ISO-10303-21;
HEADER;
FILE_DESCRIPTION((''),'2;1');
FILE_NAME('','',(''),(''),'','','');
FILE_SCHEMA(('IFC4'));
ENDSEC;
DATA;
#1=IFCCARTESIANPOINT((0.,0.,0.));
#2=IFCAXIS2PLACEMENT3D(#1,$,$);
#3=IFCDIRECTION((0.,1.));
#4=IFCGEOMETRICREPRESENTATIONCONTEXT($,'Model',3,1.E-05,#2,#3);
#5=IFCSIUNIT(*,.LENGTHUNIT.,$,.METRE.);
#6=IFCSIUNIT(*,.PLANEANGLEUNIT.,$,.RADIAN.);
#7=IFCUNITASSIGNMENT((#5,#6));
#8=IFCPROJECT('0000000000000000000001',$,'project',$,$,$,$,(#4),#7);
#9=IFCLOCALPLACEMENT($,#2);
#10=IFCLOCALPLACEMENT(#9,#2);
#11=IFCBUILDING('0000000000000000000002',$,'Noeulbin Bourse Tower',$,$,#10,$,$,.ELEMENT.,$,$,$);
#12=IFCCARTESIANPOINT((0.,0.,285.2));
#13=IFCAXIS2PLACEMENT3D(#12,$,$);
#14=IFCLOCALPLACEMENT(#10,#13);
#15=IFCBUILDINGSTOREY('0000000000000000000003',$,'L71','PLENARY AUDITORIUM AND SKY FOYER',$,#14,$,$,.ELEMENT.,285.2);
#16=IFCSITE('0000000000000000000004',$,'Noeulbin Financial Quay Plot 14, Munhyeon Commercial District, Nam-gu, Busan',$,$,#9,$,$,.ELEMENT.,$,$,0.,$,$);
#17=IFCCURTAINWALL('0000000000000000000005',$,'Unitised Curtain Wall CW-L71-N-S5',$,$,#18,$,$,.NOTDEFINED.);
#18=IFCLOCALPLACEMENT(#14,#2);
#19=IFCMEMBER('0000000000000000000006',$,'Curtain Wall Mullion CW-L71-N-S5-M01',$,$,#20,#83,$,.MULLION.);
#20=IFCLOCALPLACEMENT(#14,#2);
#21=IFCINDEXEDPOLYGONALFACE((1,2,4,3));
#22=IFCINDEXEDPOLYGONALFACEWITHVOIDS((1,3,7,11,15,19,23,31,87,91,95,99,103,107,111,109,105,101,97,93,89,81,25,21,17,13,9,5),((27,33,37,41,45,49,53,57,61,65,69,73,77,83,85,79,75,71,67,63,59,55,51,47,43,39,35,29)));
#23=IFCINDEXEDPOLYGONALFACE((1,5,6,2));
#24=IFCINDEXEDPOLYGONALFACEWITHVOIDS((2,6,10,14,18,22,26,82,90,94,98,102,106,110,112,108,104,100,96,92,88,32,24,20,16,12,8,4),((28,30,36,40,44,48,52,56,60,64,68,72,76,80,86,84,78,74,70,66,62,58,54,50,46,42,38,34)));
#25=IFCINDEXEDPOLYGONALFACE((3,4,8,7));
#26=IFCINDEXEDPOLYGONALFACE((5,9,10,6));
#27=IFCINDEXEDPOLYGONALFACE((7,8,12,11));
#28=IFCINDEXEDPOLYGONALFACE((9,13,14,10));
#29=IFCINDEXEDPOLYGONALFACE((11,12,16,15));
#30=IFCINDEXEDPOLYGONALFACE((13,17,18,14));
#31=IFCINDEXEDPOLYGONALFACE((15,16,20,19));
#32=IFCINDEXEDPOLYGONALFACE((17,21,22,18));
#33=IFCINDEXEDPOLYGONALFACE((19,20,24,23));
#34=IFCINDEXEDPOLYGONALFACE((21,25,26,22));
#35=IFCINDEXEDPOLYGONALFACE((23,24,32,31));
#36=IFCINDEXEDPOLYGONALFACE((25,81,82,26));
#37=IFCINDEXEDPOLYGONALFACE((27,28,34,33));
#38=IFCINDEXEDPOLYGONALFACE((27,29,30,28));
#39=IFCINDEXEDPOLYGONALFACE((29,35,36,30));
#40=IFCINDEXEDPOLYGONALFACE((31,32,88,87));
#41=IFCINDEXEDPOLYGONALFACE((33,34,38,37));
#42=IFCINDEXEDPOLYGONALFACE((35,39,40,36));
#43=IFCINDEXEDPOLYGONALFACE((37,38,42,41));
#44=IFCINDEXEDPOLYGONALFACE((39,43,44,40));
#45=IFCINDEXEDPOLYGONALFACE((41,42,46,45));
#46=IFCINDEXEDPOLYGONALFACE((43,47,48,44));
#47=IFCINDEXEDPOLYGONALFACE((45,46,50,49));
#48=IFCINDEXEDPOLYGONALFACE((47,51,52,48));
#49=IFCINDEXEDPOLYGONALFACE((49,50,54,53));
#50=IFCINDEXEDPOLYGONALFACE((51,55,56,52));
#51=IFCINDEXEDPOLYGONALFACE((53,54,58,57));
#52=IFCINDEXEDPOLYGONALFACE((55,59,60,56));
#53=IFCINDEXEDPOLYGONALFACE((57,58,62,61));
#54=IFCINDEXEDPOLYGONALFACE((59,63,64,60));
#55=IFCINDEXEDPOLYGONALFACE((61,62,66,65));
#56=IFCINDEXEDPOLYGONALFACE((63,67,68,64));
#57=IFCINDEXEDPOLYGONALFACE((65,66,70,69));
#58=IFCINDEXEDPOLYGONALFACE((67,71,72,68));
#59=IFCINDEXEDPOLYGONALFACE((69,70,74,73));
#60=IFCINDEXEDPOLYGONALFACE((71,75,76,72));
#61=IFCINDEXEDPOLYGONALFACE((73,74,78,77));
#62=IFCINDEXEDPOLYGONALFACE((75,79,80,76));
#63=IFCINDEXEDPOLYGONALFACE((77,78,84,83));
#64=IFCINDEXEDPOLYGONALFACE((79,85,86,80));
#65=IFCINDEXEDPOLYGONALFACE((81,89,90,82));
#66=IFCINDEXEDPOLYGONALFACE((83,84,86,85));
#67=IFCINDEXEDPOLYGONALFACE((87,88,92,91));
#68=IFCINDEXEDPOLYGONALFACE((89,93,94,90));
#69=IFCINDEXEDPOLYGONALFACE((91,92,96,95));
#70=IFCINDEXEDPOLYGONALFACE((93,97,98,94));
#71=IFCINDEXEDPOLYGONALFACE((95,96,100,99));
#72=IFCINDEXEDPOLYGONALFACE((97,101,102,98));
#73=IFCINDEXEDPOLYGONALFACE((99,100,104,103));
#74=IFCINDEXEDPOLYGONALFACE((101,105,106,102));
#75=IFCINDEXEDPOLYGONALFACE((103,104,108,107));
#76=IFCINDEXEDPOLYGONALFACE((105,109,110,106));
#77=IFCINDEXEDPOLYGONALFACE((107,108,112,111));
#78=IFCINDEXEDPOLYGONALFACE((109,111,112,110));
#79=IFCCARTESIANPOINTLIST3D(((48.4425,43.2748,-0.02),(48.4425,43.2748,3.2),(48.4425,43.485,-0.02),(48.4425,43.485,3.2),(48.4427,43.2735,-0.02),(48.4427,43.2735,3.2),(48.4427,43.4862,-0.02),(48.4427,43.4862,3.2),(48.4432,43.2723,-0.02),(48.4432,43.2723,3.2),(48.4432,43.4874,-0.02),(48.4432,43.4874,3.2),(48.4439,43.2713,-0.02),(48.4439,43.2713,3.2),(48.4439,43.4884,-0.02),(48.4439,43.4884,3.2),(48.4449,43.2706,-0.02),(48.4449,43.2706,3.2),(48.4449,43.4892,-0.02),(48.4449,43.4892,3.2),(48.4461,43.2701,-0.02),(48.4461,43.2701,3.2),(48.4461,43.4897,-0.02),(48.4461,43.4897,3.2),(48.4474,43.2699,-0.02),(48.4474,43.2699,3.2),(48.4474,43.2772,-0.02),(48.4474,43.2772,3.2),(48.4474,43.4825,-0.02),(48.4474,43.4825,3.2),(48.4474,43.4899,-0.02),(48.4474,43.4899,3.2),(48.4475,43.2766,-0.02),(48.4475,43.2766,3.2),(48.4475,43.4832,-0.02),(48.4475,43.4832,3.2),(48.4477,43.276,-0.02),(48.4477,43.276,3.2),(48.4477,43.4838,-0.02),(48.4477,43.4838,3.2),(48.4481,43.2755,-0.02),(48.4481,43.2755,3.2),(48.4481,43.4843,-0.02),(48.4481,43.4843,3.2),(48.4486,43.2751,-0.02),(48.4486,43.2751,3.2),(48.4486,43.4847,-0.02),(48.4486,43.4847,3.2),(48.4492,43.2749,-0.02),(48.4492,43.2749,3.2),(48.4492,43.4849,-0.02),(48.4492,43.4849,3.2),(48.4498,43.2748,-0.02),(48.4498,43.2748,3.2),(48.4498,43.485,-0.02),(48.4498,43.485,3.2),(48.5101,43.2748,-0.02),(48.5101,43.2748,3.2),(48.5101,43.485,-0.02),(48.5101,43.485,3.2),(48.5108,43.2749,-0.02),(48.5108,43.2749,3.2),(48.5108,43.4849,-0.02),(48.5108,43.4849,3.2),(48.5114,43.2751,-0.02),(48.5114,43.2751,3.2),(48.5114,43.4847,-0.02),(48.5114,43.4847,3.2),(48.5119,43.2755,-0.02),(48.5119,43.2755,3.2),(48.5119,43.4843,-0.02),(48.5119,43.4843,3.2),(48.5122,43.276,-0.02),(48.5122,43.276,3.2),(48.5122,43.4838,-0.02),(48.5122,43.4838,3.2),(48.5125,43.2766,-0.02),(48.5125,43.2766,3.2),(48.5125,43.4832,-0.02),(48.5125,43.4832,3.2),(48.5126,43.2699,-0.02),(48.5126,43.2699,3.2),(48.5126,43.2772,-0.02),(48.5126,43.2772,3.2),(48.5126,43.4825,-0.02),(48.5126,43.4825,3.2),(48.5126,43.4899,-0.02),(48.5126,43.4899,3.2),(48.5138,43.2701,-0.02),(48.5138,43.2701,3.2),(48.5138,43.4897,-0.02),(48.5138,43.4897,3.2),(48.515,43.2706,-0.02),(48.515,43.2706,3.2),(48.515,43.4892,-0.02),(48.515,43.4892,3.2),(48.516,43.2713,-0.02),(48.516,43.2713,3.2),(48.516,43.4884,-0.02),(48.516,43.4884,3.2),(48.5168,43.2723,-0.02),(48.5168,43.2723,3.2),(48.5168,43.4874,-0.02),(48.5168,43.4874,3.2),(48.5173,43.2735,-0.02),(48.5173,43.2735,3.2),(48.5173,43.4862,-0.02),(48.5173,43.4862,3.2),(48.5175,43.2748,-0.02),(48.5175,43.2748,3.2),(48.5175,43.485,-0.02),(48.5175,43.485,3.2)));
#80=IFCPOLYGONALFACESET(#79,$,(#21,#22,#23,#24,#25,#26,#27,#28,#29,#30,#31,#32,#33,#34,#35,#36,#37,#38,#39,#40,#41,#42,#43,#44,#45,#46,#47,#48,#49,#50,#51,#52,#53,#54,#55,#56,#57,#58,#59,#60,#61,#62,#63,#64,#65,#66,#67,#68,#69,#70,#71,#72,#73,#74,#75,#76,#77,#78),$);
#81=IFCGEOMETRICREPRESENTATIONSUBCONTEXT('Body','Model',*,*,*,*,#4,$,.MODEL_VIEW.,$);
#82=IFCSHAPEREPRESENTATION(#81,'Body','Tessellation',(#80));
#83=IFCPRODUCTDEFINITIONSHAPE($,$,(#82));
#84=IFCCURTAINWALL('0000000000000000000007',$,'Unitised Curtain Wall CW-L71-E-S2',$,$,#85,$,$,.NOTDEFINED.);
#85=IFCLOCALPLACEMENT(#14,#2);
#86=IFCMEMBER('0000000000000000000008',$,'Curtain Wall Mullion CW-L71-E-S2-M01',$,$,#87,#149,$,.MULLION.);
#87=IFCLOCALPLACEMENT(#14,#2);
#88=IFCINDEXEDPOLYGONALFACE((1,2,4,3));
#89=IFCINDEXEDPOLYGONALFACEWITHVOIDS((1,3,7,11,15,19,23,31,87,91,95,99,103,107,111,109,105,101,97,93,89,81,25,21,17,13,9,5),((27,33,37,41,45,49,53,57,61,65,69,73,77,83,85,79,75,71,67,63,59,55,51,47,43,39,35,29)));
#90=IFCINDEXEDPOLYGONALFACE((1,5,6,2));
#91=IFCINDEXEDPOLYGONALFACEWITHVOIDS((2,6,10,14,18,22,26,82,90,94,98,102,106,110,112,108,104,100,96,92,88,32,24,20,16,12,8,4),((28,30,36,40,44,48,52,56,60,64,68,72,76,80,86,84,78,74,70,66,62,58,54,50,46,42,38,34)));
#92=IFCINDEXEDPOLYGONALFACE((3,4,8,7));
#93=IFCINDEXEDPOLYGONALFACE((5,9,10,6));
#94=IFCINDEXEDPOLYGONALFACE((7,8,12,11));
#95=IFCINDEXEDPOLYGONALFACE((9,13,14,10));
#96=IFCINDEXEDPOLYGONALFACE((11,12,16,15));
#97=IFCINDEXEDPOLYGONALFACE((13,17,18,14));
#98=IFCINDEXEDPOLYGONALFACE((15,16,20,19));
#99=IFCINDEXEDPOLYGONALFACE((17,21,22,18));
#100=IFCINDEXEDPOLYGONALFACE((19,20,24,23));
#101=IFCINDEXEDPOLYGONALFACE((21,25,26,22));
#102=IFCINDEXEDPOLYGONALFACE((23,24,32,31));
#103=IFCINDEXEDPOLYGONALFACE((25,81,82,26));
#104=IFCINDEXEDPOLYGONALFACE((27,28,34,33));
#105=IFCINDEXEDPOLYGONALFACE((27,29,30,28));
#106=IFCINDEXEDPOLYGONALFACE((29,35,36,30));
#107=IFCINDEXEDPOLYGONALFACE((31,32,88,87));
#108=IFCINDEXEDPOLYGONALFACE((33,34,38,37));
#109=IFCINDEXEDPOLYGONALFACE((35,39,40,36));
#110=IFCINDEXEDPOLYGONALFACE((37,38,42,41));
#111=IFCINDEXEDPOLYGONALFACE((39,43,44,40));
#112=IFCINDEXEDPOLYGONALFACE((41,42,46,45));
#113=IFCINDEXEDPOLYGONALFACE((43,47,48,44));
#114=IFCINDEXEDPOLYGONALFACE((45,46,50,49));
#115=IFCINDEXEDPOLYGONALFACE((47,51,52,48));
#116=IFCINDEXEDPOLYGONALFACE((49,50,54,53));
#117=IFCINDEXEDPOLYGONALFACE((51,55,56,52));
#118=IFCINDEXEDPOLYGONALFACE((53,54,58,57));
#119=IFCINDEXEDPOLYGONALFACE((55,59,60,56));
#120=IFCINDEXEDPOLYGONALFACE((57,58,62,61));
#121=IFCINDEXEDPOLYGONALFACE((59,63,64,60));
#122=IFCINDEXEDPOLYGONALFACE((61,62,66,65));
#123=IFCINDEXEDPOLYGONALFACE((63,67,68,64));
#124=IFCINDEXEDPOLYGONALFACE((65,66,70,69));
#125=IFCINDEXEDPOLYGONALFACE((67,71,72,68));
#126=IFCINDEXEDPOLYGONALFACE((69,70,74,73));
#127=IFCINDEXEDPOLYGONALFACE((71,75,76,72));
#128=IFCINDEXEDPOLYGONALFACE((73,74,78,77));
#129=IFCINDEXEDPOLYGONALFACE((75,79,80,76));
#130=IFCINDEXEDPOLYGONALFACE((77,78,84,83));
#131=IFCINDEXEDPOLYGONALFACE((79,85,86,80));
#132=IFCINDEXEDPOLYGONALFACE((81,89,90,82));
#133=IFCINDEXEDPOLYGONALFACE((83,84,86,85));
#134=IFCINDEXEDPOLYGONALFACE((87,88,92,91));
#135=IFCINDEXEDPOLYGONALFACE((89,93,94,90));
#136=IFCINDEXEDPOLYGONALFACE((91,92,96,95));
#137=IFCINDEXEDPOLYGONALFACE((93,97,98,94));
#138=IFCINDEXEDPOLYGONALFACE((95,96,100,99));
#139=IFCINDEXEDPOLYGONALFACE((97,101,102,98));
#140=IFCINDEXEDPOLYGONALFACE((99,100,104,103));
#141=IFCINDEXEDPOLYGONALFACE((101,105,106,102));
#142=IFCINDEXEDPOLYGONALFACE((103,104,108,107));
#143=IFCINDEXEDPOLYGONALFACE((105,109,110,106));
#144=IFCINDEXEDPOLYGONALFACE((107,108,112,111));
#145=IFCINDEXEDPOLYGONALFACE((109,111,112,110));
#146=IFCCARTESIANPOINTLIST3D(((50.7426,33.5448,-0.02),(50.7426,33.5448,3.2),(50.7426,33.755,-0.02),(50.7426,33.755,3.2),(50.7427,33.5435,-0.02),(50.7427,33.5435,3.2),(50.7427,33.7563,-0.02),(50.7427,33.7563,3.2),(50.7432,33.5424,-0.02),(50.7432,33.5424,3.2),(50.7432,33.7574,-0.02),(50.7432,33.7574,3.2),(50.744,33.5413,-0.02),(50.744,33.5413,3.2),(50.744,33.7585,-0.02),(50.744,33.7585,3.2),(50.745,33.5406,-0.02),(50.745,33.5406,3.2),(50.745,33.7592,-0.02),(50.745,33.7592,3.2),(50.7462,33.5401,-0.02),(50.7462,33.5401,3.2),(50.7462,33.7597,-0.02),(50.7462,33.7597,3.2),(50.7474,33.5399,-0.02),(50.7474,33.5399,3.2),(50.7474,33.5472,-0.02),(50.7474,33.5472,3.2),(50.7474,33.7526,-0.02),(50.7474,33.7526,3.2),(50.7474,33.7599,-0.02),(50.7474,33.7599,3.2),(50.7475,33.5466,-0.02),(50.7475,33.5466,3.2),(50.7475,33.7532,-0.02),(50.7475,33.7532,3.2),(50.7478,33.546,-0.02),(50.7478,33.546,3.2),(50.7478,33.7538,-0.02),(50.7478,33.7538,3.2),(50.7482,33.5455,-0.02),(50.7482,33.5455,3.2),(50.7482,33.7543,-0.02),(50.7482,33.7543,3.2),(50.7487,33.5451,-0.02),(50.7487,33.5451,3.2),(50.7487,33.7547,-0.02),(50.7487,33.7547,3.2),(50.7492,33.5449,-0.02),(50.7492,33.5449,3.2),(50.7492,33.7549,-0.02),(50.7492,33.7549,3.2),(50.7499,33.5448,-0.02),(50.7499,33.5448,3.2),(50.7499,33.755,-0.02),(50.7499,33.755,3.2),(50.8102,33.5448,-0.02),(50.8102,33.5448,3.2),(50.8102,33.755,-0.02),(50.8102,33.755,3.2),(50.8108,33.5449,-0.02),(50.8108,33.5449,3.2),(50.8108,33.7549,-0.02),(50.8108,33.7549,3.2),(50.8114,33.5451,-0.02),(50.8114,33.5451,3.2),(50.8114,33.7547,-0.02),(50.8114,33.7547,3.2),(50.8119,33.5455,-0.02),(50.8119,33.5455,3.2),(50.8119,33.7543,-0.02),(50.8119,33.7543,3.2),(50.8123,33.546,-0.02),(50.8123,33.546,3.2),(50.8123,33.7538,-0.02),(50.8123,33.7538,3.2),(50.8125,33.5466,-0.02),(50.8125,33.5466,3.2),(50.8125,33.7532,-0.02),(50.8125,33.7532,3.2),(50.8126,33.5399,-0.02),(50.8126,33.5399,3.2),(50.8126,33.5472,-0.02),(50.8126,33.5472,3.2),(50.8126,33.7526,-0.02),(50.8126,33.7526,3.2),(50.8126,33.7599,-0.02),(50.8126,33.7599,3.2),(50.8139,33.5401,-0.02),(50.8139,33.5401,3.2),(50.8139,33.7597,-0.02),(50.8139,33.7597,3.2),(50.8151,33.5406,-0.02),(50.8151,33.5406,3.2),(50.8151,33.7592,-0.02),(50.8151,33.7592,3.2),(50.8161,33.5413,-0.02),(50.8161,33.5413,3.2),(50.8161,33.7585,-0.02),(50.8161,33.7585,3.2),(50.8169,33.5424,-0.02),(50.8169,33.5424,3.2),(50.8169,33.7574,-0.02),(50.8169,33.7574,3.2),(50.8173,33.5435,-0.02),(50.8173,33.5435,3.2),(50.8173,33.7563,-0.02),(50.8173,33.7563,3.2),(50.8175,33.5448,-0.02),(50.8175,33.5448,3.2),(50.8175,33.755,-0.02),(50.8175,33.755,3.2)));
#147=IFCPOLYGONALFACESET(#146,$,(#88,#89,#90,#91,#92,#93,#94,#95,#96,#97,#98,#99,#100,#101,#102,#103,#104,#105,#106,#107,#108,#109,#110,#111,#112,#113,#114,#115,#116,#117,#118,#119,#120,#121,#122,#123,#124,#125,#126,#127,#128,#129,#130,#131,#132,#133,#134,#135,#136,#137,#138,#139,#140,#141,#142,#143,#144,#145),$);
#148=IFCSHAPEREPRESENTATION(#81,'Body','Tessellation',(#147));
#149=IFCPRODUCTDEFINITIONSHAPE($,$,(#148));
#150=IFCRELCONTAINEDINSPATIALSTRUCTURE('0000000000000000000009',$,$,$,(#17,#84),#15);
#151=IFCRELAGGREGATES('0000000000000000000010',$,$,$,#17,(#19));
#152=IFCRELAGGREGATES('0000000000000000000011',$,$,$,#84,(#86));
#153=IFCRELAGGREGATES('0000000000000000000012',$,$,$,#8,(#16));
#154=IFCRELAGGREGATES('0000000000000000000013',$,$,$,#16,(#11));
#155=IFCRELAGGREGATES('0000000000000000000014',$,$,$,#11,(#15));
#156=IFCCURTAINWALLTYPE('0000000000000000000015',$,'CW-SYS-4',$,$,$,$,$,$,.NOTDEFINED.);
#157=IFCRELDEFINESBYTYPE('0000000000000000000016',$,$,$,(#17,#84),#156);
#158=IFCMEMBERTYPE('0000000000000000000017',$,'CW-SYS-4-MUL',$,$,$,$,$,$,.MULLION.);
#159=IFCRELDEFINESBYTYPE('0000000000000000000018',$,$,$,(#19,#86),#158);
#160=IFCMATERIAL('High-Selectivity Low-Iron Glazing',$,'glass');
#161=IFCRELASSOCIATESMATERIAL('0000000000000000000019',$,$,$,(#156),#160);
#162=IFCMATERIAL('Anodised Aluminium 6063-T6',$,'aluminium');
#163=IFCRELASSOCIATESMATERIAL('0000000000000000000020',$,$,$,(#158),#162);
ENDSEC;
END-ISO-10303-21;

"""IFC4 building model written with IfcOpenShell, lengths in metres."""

from ifc_helpers import new_model, si_unit, direction, frame, origin, origin_2d, place, context, subcontext, project, spatial, hollow_rectangle, extrude, material, material_profile, profile_set, type_object, element, aggregate, save


model = new_model("IFC4")

# Units and contexts
model_context = context("Model", 3, precision=1e-05, world=origin(), true_north=direction((0.0, 1.0)))
body_context = subcontext(model_context, "Body", "Model", "MODEL_VIEW")
ifc_project = project(units=[si_unit("LENGTHUNIT", "METRE"), si_unit("PLANEANGLEUNIT", "RADIAN")], contexts=[model_context])

# Site, building, storey
site_placement = place(None, origin())
site = spatial("IfcSite", under=ifc_project, at=site_placement, Name="Noeulbin Financial Quay Plot 14, Munhyeon Commercial District, Nam-gu, Busan", CompositionType="ELEMENT", RefElevation=0.0)
building_placement = place(site_placement, origin())
building = spatial("IfcBuilding", under=site, at=building_placement, Name="Noeulbin Bourse Tower", CompositionType="ELEMENT")
storey_placement = place(building_placement, frame((0.0, 0.0, 285.2)))
storey = spatial("IfcBuildingStorey", under=building, at=storey_placement, Name="L71", Description="PLENARY AUDITORIUM AND SKY FOYER", CompositionType="ELEMENT", Elevation=285.2)

# Shared definitions
ifc_material_1 = material(Name="High-Selectivity Low-Iron Glazing", Category="glass")
curtain_wall_type = type_object("IfcCurtainWallType", Name="CW-SYS-4", PredefinedType="NOTDEFINED", material=ifc_material_1)
ifc_material_2 = material(Name="Anodised Aluminium 6063-T6", Category="aluminium")
ifc_material_profile_1 = material_profile(ifc_material_2, hollow_rectangle(XDim=0.075, YDim=0.22, WallThickness=0.0049, InnerFilletRadius=0.0024, OuterFilletRadius=0.0049, at=origin_2d()), Name="ALU-MULL-75x220x5", Category="LoadBearing")
ifc_profile_set_1 = profile_set([ifc_material_profile_1], Name="Anodised Aluminium 6063-T6")
member_type_1 = type_object("IfcMemberType", Name="CW-SYS-4-MUL", PredefinedType="MULLION", material=ifc_profile_set_1)

# Curtain walls, members
curtain_wall_1_placement = place(storey_placement, origin())
curtain_wall_1 = element("IfcCurtainWall", 1, at=curtain_wall_1_placement, inside=storey, type_object=curtain_wall_type, Name="Unitised Curtain Wall CW-L71-N-S5", PredefinedType="NOTDEFINED")
member_1_placement = place(storey_placement, frame((48.48, 43.3799, -0.02), z_axis=(0.0, 0.0, 1.0), x_axis=(1.0, 0.0, 0.0)))
member_1 = element("IfcMember", 2, at=member_1_placement, type_object=member_type_1, Name="Curtain Wall Mullion CW-L71-N-S5-M01", PredefinedType="MULLION", context=body_context, shape_type="SweptSolid", body=[
    extrude(hollow_rectangle(XDim=0.075, YDim=0.22, WallThickness=0.0049, InnerFilletRadius=0.0024, OuterFilletRadius=0.0049, at=origin_2d()), origin(), (0.0, 0.0, 1.0), 3.22),
])
curtain_wall_2_placement = place(storey_placement, origin())
curtain_wall_2 = element("IfcCurtainWall", 3, at=curtain_wall_2_placement, inside=storey, type_object=curtain_wall_type, Name="Unitised Curtain Wall CW-L71-E-S2", PredefinedType="NOTDEFINED")
member_2_placement = place(storey_placement, frame((50.78, 33.6499, -0.02), z_axis=(0.0, 0.0, 1.0), x_axis=(1.0, 0.0, 0.0)))
member_2 = element("IfcMember", 4, at=member_2_placement, type_object=member_type_1, Name="Curtain Wall Mullion CW-L71-E-S2-M01", PredefinedType="MULLION", context=body_context, shape_type="SweptSolid", body=[
    extrude(hollow_rectangle(XDim=0.075, YDim=0.22, WallThickness=0.0049, InnerFilletRadius=0.0024, OuterFilletRadius=0.0049, at=origin_2d()), origin(), (0.0, 0.0, 1.0), 3.22),
])

aggregate(curtain_wall_1, [member_1])
aggregate(curtain_wall_2, [member_2])

save(model, "model.ifc")
